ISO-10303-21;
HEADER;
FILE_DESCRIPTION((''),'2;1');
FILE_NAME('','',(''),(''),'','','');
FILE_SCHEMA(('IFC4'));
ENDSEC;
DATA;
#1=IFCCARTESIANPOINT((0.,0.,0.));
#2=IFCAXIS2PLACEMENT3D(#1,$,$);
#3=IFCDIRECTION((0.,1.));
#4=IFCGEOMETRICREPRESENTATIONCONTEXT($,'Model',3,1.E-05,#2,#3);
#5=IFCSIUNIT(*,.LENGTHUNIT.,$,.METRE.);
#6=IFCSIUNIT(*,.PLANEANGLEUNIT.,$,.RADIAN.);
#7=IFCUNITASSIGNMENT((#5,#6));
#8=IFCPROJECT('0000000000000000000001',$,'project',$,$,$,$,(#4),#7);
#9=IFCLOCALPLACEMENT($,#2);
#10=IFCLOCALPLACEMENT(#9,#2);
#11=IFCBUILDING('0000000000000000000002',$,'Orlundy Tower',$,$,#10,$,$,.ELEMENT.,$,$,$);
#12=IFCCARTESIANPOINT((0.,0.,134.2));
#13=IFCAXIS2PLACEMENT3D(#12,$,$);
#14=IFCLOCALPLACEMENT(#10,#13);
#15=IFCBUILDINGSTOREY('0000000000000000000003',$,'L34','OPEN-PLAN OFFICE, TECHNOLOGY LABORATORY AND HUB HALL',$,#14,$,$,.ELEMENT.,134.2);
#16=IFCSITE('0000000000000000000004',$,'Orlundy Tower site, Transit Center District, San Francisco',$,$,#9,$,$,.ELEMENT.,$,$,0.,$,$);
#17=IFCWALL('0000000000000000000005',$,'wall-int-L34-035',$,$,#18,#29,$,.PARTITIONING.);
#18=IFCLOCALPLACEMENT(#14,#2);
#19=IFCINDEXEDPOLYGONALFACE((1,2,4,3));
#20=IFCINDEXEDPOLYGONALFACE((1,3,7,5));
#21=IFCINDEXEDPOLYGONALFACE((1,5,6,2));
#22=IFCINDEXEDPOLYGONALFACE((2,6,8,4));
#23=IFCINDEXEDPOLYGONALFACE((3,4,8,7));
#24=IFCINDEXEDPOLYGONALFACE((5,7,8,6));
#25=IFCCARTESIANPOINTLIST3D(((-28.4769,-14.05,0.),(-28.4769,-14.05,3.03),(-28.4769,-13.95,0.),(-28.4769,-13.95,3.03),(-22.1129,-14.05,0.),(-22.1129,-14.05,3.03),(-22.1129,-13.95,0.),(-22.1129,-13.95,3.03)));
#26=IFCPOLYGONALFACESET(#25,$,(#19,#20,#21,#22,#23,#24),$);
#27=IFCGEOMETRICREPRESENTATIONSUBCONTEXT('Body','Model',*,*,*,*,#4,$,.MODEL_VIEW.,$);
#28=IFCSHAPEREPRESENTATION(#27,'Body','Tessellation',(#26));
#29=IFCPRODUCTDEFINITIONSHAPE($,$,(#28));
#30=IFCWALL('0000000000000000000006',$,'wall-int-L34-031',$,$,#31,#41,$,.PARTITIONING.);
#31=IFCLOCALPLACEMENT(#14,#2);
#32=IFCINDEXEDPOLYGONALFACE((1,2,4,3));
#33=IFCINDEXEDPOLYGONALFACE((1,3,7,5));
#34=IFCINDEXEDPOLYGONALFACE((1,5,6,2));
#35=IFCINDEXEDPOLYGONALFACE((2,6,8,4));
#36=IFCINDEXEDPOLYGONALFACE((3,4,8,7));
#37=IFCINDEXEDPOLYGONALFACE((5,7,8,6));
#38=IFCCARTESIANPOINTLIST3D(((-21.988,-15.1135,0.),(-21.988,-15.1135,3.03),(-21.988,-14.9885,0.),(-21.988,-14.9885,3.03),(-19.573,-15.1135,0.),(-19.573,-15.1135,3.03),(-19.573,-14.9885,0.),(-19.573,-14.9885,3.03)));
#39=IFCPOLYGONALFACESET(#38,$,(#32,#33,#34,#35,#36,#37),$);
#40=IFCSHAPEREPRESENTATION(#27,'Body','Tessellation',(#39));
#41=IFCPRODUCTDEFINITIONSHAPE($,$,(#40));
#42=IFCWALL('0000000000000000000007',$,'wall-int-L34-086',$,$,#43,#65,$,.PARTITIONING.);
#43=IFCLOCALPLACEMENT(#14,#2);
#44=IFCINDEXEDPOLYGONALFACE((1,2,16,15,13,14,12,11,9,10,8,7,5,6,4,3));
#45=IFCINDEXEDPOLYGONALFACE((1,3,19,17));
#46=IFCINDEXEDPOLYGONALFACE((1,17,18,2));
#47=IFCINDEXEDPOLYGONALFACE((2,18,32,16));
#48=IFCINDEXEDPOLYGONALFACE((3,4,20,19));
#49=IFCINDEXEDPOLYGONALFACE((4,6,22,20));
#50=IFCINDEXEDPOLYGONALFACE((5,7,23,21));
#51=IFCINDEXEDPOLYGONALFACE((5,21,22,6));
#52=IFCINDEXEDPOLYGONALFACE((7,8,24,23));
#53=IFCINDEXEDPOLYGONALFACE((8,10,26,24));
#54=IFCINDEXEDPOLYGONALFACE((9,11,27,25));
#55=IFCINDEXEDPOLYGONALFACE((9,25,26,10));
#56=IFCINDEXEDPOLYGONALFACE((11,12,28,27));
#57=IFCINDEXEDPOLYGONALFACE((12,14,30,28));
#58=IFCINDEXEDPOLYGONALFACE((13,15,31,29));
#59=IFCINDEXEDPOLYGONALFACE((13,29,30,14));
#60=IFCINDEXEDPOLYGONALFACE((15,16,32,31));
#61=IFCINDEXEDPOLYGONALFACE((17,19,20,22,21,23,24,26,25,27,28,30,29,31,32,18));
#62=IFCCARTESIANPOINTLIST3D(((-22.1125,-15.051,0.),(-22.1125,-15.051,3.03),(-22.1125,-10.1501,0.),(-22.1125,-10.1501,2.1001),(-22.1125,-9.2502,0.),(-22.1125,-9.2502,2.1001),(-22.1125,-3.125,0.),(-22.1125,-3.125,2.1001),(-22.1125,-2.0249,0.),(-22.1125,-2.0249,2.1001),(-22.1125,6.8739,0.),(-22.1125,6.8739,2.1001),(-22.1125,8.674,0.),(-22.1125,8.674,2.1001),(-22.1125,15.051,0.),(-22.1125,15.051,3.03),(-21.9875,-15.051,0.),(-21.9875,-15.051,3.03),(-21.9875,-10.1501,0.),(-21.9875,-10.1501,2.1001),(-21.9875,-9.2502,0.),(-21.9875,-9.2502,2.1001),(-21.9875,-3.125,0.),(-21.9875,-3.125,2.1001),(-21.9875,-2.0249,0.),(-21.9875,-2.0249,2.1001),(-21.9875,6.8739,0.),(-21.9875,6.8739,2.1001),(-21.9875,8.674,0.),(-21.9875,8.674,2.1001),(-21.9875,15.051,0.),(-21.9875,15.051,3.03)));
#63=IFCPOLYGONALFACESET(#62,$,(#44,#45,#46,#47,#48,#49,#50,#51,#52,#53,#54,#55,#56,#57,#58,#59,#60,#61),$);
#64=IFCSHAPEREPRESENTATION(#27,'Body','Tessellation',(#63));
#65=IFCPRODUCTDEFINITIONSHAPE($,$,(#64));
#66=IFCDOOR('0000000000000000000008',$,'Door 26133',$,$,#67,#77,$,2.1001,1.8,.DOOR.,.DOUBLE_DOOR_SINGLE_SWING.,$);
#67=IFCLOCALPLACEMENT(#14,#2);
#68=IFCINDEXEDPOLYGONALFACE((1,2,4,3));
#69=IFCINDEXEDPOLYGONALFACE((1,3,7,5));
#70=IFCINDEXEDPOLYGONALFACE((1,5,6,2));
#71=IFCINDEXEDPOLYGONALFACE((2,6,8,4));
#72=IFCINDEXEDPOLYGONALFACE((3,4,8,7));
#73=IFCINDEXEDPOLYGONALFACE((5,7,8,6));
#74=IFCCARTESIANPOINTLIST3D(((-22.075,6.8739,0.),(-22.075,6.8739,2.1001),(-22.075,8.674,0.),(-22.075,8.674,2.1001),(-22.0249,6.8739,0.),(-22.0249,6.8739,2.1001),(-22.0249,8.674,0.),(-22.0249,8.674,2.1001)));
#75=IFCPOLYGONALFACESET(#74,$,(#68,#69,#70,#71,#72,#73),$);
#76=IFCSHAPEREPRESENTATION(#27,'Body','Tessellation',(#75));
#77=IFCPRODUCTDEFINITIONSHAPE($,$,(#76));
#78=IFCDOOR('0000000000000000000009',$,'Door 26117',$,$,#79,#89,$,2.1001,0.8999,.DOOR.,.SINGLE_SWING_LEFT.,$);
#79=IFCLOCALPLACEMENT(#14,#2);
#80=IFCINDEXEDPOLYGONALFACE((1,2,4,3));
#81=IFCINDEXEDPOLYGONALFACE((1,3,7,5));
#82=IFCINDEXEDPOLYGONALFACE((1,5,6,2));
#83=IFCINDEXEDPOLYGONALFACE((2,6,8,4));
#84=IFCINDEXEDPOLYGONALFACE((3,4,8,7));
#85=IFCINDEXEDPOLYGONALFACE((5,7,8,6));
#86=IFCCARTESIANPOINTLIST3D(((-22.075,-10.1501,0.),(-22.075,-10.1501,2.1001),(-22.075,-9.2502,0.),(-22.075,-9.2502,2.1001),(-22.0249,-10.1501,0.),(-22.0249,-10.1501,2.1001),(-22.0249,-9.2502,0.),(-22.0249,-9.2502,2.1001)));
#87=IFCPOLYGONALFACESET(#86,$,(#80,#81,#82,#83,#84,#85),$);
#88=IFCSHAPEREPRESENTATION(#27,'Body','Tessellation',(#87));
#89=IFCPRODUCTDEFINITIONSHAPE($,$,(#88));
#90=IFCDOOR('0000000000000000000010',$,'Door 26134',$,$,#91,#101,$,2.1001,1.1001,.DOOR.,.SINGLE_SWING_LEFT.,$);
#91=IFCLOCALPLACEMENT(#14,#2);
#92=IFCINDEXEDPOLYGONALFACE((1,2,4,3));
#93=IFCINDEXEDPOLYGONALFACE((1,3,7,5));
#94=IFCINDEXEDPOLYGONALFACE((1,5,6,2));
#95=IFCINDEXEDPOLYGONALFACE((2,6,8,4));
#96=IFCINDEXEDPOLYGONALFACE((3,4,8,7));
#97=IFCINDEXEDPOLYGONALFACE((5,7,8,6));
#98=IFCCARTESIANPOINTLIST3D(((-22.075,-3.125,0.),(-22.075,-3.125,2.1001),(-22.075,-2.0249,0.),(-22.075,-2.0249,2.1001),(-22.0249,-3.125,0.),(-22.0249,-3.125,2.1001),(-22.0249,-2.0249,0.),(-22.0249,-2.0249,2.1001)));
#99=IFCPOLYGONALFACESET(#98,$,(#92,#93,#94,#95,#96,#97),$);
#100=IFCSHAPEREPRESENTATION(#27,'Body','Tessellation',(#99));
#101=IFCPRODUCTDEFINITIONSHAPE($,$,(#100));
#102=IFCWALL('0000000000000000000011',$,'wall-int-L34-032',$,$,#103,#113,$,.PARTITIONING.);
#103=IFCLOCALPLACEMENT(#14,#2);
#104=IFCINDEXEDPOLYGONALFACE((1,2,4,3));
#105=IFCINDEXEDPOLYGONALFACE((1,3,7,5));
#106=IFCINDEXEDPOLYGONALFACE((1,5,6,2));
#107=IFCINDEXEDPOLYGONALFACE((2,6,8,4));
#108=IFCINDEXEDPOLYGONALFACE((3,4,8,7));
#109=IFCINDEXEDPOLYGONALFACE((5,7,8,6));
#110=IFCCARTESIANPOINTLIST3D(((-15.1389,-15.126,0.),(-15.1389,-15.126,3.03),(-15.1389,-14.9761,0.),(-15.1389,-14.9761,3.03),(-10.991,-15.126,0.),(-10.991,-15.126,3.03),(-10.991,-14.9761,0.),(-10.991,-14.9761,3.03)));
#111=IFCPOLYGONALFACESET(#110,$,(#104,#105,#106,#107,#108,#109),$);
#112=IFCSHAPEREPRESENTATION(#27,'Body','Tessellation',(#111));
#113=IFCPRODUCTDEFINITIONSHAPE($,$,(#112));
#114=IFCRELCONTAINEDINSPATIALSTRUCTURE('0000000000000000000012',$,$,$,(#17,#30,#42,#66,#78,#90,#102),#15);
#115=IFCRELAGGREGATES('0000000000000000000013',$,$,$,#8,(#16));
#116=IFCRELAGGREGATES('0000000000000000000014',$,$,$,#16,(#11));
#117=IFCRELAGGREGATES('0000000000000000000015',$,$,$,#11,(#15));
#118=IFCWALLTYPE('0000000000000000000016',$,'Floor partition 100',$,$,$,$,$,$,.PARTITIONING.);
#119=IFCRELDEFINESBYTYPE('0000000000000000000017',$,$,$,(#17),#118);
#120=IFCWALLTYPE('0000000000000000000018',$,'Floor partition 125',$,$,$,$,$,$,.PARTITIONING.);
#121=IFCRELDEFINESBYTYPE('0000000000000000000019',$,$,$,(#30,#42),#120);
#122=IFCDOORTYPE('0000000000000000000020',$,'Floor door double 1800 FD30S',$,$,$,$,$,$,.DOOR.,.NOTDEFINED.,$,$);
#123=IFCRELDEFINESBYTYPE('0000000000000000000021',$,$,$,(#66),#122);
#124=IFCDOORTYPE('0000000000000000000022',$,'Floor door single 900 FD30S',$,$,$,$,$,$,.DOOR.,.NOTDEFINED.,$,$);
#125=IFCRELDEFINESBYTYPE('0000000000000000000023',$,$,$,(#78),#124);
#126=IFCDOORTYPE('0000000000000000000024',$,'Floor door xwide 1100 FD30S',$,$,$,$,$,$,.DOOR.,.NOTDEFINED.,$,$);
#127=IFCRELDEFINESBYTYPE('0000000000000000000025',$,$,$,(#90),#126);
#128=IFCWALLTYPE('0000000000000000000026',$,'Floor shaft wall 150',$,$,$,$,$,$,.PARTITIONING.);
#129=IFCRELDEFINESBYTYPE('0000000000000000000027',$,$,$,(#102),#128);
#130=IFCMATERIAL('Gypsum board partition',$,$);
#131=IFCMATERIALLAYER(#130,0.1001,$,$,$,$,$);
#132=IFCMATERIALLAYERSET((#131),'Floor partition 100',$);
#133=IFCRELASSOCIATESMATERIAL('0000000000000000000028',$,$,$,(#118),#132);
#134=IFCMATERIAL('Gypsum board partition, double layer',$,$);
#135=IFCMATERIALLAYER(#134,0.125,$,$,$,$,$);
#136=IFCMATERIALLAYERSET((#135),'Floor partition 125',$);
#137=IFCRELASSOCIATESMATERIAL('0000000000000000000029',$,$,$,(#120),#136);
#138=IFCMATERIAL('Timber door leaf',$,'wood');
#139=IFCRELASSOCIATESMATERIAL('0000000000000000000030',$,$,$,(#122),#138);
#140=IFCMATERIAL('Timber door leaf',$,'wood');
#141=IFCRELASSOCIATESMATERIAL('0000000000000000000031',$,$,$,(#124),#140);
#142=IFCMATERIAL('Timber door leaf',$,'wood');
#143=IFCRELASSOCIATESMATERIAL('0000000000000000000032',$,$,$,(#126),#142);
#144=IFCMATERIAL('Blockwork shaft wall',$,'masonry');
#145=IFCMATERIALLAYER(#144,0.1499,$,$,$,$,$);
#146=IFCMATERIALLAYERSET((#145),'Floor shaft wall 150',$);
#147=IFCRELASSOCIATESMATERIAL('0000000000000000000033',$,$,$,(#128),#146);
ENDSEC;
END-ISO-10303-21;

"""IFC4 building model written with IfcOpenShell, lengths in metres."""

from ifc_helpers import new_model, si_unit, direction, frame, frame_2d, origin, place, context, subcontext, project, spatial, rectangle, extrude, material, layer, layer_set, type_object, element, fill, save


model = new_model("IFC4")

# Units and contexts
model_context = context("Model", 3, precision=1e-05, world=origin(), true_north=direction((0.0, 1.0)))
body_context = subcontext(model_context, "Body", "Model", "MODEL_VIEW")
ifc_project = project(units=[si_unit("LENGTHUNIT", "METRE"), si_unit("PLANEANGLEUNIT", "RADIAN")], contexts=[model_context])

# Site, building, storey
site_placement = place(None, origin())
site = spatial("IfcSite", under=ifc_project, at=site_placement, Name="Orlundy Tower site, Transit Center District, San Francisco", CompositionType="ELEMENT", RefElevation=0.0)
building_placement = place(site_placement, origin())
building = spatial("IfcBuilding", under=site, at=building_placement, Name="Orlundy Tower", CompositionType="ELEMENT")
storey_placement = place(building_placement, frame((0.0, 0.0, 134.2)))
storey = spatial("IfcBuildingStorey", under=building, at=storey_placement, Name="L34", Description="OPEN-PLAN OFFICE, TECHNOLOGY LABORATORY AND HUB HALL", CompositionType="ELEMENT", Elevation=134.2)

# Walls
ifc_material_1 = material(Name="Gypsum board partition")
ifc_layer_1 = layer(ifc_material_1, 0.1001)
ifc_layer_set_1 = layer_set([ifc_layer_1], Name="Floor partition 100")
wall_type_1 = type_object("IfcWallType", Name="Floor partition 100", PredefinedType="PARTITIONING", material=ifc_layer_set_1)
wall_1_placement = place(storey_placement, frame((-28.4771, -14.0, 0.0), z_axis=(0.0, 0.0, 1.0), x_axis=(1.0, 0.0, 0.0)))
element("IfcWall", 1, at=wall_1_placement, inside=storey, type_object=wall_type_1, Name="wall-int-L34-035", PredefinedType="PARTITIONING", context=body_context, shape_type="SweptSolid", body=[
    extrude(rectangle(XDim=6.364, YDim=0.1001, at=frame_2d((3.1821, 0.0))), origin(), (0.0, 0.0, 1.0), 3.03),
])
ifc_material_2 = material(Name="Gypsum board partition, double layer")
ifc_layer_2 = layer(ifc_material_2, 0.125)
ifc_layer_set_2 = layer_set([ifc_layer_2], Name="Floor partition 125")
wall_type_2 = type_object("IfcWallType", Name="Floor partition 125", PredefinedType="PARTITIONING", material=ifc_layer_set_2)
wall_2_placement = place(storey_placement, frame((-21.988, -15.051, 0.0), z_axis=(0.0, 0.0, 1.0), x_axis=(1.0, 0.0, 0.0)))
element("IfcWall", 2, at=wall_2_placement, inside=storey, type_object=wall_type_2, Name="wall-int-L34-031", PredefinedType="PARTITIONING", context=body_context, shape_type="SweptSolid", body=[
    extrude(rectangle(XDim=2.415, YDim=0.125, at=frame_2d((1.2075, 0.0))), origin(), (0.0, 0.0, 1.0), 3.03),
])

# Wall, openings, doors
wall_3_placement = place(storey_placement, frame((-22.05, -15.051, 0.0), z_axis=(0.0, 0.0, 1.0), x_axis=(0.0, 1.0, 0.0)))
wall_3 = element("IfcWall", 3, at=wall_3_placement, inside=storey, type_object=wall_type_2, Name="wall-int-L34-086", PredefinedType="PARTITIONING", context=body_context, shape_type="SweptSolid", body=[
    extrude(rectangle(XDim=30.1021, YDim=0.125, at=frame_2d((15.051, 0.0))), origin(), (0.0, 0.0, 1.0), 3.03),
])
opening_1_placement = place(wall_3_placement, frame((4.9009, 0.0, 0.0)))
opening_1 = element("IfcOpeningElement", 4, at=opening_1_placement, cuts=wall_3, PredefinedType="OPENING", context=body_context, shape_type="SweptSolid", body=[
    extrude(rectangle(XDim=0.8999, YDim=2.1001, at=frame_2d((0.45, 1.05))), frame((0.0, 0.0725, 0.0), z_axis=(0.0, -1.0, 0.0), x_axis=(1.0, 0.0, 0.0)), (0.0, 0.0, 1.0), 0.145),
])
opening_2_placement = place(wall_3_placement, frame((21.925, 0.0, 0.0)))
opening_2 = element("IfcOpeningElement", 5, at=opening_2_placement, cuts=wall_3, PredefinedType="OPENING", context=body_context, shape_type="SweptSolid", body=[
    extrude(rectangle(XDim=1.8, YDim=2.1001, at=frame_2d((0.8999, 1.05))), frame((0.0, 0.0725, 0.0), z_axis=(0.0, -1.0, 0.0), x_axis=(1.0, 0.0, 0.0)), (0.0, 0.0, 1.0), 0.145),
])
opening_3_placement = place(wall_3_placement, frame((11.926, 0.0, 0.0)))
opening_3 = element("IfcOpeningElement", 6, at=opening_3_placement, cuts=wall_3, PredefinedType="OPENING", context=body_context, shape_type="SweptSolid", body=[
    extrude(rectangle(XDim=1.1001, YDim=2.1001, at=frame_2d((0.55, 1.05))), frame((0.0, 0.0725, 0.0), z_axis=(0.0, -1.0, 0.0), x_axis=(1.0, 0.0, 0.0)), (0.0, 0.0, 1.0), 0.145),
])
ifc_material_3 = material(Name="Timber door leaf", Category="wood")
door_type_1 = type_object("IfcDoorType", Name="Floor door double 1800 FD30S", OperationType="NOTDEFINED", PredefinedType="DOOR", material=ifc_material_3)
door_1_placement = place(opening_2_placement, origin())
door_1 = element("IfcDoor", 7, at=door_1_placement, inside=storey, type_object=door_type_1, Name="Door 26133", OperationType="DOUBLE_DOOR_SINGLE_SWING", OverallHeight=2.1001, OverallWidth=1.8, PredefinedType="DOOR", context=body_context, shape_type="SweptSolid", body=[
    extrude(rectangle(XDim=1.8, YDim=2.1001, at=frame_2d((0.8999, 1.05))), frame((0.0, 0.0249, 0.0), z_axis=(0.0, -1.0, 0.0), x_axis=(1.0, 0.0, 0.0)), (0.0, 0.0, 1.0), 0.05),
])
fill(opening_2, door_1)
ifc_material_4 = material(Name="Timber door leaf", Category="wood")
door_type_2 = type_object("IfcDoorType", Name="Floor door single 900 FD30S", OperationType="NOTDEFINED", PredefinedType="DOOR", material=ifc_material_4)
door_2_placement = place(opening_1_placement, origin())
door_2 = element("IfcDoor", 8, at=door_2_placement, inside=storey, type_object=door_type_2, Name="Door 26117", OperationType="SINGLE_SWING_LEFT", OverallHeight=2.1001, OverallWidth=0.8999, PredefinedType="DOOR", context=body_context, shape_type="SweptSolid", body=[
    extrude(rectangle(XDim=0.8999, YDim=2.1001, at=frame_2d((0.45, 1.05))), frame((0.0, 0.0249, 0.0), z_axis=(0.0, -1.0, 0.0), x_axis=(1.0, 0.0, 0.0)), (0.0, 0.0, 1.0), 0.05),
])
fill(opening_1, door_2)
ifc_material_5 = material(Name="Timber door leaf", Category="wood")
door_type_3 = type_object("IfcDoorType", Name="Floor door xwide 1100 FD30S", OperationType="NOTDEFINED", PredefinedType="DOOR", material=ifc_material_5)
door_3_placement = place(opening_3_placement, origin())
door_3 = element("IfcDoor", 9, at=door_3_placement, inside=storey, type_object=door_type_3, Name="Door 26134", OperationType="SINGLE_SWING_LEFT", OverallHeight=2.1001, OverallWidth=1.1001, PredefinedType="DOOR", context=body_context, shape_type="SweptSolid", body=[
    extrude(rectangle(XDim=1.1001, YDim=2.1001, at=frame_2d((0.55, 1.05))), frame((0.0, 0.0249, 0.0), z_axis=(0.0, -1.0, 0.0), x_axis=(1.0, 0.0, 0.0)), (0.0, 0.0, 1.0), 0.05),
])
fill(opening_3, door_3)

# Wall
ifc_material_6 = material(Name="Blockwork shaft wall", Category="masonry")
ifc_layer_3 = layer(ifc_material_6, 0.1499)
ifc_layer_set_3 = layer_set([ifc_layer_3], Name="Floor shaft wall 150")
wall_type_3 = type_object("IfcWallType", Name="Floor shaft wall 150", PredefinedType="PARTITIONING", material=ifc_layer_set_3)
wall_4_placement = place(storey_placement, frame((-15.1389, -15.051, 0.0), z_axis=(0.0, 0.0, 1.0), x_axis=(1.0, 0.0, 0.0)))
element("IfcWall", 10, at=wall_4_placement, inside=storey, type_object=wall_type_3, Name="wall-int-L34-032", PredefinedType="PARTITIONING", context=body_context, shape_type="SweptSolid", body=[
    extrude(rectangle(XDim=4.1479, YDim=0.1499, at=frame_2d((2.074, 0.0))), origin(), (0.0, 0.0, 1.0), 3.03),
])

save(model, "model.ifc")
